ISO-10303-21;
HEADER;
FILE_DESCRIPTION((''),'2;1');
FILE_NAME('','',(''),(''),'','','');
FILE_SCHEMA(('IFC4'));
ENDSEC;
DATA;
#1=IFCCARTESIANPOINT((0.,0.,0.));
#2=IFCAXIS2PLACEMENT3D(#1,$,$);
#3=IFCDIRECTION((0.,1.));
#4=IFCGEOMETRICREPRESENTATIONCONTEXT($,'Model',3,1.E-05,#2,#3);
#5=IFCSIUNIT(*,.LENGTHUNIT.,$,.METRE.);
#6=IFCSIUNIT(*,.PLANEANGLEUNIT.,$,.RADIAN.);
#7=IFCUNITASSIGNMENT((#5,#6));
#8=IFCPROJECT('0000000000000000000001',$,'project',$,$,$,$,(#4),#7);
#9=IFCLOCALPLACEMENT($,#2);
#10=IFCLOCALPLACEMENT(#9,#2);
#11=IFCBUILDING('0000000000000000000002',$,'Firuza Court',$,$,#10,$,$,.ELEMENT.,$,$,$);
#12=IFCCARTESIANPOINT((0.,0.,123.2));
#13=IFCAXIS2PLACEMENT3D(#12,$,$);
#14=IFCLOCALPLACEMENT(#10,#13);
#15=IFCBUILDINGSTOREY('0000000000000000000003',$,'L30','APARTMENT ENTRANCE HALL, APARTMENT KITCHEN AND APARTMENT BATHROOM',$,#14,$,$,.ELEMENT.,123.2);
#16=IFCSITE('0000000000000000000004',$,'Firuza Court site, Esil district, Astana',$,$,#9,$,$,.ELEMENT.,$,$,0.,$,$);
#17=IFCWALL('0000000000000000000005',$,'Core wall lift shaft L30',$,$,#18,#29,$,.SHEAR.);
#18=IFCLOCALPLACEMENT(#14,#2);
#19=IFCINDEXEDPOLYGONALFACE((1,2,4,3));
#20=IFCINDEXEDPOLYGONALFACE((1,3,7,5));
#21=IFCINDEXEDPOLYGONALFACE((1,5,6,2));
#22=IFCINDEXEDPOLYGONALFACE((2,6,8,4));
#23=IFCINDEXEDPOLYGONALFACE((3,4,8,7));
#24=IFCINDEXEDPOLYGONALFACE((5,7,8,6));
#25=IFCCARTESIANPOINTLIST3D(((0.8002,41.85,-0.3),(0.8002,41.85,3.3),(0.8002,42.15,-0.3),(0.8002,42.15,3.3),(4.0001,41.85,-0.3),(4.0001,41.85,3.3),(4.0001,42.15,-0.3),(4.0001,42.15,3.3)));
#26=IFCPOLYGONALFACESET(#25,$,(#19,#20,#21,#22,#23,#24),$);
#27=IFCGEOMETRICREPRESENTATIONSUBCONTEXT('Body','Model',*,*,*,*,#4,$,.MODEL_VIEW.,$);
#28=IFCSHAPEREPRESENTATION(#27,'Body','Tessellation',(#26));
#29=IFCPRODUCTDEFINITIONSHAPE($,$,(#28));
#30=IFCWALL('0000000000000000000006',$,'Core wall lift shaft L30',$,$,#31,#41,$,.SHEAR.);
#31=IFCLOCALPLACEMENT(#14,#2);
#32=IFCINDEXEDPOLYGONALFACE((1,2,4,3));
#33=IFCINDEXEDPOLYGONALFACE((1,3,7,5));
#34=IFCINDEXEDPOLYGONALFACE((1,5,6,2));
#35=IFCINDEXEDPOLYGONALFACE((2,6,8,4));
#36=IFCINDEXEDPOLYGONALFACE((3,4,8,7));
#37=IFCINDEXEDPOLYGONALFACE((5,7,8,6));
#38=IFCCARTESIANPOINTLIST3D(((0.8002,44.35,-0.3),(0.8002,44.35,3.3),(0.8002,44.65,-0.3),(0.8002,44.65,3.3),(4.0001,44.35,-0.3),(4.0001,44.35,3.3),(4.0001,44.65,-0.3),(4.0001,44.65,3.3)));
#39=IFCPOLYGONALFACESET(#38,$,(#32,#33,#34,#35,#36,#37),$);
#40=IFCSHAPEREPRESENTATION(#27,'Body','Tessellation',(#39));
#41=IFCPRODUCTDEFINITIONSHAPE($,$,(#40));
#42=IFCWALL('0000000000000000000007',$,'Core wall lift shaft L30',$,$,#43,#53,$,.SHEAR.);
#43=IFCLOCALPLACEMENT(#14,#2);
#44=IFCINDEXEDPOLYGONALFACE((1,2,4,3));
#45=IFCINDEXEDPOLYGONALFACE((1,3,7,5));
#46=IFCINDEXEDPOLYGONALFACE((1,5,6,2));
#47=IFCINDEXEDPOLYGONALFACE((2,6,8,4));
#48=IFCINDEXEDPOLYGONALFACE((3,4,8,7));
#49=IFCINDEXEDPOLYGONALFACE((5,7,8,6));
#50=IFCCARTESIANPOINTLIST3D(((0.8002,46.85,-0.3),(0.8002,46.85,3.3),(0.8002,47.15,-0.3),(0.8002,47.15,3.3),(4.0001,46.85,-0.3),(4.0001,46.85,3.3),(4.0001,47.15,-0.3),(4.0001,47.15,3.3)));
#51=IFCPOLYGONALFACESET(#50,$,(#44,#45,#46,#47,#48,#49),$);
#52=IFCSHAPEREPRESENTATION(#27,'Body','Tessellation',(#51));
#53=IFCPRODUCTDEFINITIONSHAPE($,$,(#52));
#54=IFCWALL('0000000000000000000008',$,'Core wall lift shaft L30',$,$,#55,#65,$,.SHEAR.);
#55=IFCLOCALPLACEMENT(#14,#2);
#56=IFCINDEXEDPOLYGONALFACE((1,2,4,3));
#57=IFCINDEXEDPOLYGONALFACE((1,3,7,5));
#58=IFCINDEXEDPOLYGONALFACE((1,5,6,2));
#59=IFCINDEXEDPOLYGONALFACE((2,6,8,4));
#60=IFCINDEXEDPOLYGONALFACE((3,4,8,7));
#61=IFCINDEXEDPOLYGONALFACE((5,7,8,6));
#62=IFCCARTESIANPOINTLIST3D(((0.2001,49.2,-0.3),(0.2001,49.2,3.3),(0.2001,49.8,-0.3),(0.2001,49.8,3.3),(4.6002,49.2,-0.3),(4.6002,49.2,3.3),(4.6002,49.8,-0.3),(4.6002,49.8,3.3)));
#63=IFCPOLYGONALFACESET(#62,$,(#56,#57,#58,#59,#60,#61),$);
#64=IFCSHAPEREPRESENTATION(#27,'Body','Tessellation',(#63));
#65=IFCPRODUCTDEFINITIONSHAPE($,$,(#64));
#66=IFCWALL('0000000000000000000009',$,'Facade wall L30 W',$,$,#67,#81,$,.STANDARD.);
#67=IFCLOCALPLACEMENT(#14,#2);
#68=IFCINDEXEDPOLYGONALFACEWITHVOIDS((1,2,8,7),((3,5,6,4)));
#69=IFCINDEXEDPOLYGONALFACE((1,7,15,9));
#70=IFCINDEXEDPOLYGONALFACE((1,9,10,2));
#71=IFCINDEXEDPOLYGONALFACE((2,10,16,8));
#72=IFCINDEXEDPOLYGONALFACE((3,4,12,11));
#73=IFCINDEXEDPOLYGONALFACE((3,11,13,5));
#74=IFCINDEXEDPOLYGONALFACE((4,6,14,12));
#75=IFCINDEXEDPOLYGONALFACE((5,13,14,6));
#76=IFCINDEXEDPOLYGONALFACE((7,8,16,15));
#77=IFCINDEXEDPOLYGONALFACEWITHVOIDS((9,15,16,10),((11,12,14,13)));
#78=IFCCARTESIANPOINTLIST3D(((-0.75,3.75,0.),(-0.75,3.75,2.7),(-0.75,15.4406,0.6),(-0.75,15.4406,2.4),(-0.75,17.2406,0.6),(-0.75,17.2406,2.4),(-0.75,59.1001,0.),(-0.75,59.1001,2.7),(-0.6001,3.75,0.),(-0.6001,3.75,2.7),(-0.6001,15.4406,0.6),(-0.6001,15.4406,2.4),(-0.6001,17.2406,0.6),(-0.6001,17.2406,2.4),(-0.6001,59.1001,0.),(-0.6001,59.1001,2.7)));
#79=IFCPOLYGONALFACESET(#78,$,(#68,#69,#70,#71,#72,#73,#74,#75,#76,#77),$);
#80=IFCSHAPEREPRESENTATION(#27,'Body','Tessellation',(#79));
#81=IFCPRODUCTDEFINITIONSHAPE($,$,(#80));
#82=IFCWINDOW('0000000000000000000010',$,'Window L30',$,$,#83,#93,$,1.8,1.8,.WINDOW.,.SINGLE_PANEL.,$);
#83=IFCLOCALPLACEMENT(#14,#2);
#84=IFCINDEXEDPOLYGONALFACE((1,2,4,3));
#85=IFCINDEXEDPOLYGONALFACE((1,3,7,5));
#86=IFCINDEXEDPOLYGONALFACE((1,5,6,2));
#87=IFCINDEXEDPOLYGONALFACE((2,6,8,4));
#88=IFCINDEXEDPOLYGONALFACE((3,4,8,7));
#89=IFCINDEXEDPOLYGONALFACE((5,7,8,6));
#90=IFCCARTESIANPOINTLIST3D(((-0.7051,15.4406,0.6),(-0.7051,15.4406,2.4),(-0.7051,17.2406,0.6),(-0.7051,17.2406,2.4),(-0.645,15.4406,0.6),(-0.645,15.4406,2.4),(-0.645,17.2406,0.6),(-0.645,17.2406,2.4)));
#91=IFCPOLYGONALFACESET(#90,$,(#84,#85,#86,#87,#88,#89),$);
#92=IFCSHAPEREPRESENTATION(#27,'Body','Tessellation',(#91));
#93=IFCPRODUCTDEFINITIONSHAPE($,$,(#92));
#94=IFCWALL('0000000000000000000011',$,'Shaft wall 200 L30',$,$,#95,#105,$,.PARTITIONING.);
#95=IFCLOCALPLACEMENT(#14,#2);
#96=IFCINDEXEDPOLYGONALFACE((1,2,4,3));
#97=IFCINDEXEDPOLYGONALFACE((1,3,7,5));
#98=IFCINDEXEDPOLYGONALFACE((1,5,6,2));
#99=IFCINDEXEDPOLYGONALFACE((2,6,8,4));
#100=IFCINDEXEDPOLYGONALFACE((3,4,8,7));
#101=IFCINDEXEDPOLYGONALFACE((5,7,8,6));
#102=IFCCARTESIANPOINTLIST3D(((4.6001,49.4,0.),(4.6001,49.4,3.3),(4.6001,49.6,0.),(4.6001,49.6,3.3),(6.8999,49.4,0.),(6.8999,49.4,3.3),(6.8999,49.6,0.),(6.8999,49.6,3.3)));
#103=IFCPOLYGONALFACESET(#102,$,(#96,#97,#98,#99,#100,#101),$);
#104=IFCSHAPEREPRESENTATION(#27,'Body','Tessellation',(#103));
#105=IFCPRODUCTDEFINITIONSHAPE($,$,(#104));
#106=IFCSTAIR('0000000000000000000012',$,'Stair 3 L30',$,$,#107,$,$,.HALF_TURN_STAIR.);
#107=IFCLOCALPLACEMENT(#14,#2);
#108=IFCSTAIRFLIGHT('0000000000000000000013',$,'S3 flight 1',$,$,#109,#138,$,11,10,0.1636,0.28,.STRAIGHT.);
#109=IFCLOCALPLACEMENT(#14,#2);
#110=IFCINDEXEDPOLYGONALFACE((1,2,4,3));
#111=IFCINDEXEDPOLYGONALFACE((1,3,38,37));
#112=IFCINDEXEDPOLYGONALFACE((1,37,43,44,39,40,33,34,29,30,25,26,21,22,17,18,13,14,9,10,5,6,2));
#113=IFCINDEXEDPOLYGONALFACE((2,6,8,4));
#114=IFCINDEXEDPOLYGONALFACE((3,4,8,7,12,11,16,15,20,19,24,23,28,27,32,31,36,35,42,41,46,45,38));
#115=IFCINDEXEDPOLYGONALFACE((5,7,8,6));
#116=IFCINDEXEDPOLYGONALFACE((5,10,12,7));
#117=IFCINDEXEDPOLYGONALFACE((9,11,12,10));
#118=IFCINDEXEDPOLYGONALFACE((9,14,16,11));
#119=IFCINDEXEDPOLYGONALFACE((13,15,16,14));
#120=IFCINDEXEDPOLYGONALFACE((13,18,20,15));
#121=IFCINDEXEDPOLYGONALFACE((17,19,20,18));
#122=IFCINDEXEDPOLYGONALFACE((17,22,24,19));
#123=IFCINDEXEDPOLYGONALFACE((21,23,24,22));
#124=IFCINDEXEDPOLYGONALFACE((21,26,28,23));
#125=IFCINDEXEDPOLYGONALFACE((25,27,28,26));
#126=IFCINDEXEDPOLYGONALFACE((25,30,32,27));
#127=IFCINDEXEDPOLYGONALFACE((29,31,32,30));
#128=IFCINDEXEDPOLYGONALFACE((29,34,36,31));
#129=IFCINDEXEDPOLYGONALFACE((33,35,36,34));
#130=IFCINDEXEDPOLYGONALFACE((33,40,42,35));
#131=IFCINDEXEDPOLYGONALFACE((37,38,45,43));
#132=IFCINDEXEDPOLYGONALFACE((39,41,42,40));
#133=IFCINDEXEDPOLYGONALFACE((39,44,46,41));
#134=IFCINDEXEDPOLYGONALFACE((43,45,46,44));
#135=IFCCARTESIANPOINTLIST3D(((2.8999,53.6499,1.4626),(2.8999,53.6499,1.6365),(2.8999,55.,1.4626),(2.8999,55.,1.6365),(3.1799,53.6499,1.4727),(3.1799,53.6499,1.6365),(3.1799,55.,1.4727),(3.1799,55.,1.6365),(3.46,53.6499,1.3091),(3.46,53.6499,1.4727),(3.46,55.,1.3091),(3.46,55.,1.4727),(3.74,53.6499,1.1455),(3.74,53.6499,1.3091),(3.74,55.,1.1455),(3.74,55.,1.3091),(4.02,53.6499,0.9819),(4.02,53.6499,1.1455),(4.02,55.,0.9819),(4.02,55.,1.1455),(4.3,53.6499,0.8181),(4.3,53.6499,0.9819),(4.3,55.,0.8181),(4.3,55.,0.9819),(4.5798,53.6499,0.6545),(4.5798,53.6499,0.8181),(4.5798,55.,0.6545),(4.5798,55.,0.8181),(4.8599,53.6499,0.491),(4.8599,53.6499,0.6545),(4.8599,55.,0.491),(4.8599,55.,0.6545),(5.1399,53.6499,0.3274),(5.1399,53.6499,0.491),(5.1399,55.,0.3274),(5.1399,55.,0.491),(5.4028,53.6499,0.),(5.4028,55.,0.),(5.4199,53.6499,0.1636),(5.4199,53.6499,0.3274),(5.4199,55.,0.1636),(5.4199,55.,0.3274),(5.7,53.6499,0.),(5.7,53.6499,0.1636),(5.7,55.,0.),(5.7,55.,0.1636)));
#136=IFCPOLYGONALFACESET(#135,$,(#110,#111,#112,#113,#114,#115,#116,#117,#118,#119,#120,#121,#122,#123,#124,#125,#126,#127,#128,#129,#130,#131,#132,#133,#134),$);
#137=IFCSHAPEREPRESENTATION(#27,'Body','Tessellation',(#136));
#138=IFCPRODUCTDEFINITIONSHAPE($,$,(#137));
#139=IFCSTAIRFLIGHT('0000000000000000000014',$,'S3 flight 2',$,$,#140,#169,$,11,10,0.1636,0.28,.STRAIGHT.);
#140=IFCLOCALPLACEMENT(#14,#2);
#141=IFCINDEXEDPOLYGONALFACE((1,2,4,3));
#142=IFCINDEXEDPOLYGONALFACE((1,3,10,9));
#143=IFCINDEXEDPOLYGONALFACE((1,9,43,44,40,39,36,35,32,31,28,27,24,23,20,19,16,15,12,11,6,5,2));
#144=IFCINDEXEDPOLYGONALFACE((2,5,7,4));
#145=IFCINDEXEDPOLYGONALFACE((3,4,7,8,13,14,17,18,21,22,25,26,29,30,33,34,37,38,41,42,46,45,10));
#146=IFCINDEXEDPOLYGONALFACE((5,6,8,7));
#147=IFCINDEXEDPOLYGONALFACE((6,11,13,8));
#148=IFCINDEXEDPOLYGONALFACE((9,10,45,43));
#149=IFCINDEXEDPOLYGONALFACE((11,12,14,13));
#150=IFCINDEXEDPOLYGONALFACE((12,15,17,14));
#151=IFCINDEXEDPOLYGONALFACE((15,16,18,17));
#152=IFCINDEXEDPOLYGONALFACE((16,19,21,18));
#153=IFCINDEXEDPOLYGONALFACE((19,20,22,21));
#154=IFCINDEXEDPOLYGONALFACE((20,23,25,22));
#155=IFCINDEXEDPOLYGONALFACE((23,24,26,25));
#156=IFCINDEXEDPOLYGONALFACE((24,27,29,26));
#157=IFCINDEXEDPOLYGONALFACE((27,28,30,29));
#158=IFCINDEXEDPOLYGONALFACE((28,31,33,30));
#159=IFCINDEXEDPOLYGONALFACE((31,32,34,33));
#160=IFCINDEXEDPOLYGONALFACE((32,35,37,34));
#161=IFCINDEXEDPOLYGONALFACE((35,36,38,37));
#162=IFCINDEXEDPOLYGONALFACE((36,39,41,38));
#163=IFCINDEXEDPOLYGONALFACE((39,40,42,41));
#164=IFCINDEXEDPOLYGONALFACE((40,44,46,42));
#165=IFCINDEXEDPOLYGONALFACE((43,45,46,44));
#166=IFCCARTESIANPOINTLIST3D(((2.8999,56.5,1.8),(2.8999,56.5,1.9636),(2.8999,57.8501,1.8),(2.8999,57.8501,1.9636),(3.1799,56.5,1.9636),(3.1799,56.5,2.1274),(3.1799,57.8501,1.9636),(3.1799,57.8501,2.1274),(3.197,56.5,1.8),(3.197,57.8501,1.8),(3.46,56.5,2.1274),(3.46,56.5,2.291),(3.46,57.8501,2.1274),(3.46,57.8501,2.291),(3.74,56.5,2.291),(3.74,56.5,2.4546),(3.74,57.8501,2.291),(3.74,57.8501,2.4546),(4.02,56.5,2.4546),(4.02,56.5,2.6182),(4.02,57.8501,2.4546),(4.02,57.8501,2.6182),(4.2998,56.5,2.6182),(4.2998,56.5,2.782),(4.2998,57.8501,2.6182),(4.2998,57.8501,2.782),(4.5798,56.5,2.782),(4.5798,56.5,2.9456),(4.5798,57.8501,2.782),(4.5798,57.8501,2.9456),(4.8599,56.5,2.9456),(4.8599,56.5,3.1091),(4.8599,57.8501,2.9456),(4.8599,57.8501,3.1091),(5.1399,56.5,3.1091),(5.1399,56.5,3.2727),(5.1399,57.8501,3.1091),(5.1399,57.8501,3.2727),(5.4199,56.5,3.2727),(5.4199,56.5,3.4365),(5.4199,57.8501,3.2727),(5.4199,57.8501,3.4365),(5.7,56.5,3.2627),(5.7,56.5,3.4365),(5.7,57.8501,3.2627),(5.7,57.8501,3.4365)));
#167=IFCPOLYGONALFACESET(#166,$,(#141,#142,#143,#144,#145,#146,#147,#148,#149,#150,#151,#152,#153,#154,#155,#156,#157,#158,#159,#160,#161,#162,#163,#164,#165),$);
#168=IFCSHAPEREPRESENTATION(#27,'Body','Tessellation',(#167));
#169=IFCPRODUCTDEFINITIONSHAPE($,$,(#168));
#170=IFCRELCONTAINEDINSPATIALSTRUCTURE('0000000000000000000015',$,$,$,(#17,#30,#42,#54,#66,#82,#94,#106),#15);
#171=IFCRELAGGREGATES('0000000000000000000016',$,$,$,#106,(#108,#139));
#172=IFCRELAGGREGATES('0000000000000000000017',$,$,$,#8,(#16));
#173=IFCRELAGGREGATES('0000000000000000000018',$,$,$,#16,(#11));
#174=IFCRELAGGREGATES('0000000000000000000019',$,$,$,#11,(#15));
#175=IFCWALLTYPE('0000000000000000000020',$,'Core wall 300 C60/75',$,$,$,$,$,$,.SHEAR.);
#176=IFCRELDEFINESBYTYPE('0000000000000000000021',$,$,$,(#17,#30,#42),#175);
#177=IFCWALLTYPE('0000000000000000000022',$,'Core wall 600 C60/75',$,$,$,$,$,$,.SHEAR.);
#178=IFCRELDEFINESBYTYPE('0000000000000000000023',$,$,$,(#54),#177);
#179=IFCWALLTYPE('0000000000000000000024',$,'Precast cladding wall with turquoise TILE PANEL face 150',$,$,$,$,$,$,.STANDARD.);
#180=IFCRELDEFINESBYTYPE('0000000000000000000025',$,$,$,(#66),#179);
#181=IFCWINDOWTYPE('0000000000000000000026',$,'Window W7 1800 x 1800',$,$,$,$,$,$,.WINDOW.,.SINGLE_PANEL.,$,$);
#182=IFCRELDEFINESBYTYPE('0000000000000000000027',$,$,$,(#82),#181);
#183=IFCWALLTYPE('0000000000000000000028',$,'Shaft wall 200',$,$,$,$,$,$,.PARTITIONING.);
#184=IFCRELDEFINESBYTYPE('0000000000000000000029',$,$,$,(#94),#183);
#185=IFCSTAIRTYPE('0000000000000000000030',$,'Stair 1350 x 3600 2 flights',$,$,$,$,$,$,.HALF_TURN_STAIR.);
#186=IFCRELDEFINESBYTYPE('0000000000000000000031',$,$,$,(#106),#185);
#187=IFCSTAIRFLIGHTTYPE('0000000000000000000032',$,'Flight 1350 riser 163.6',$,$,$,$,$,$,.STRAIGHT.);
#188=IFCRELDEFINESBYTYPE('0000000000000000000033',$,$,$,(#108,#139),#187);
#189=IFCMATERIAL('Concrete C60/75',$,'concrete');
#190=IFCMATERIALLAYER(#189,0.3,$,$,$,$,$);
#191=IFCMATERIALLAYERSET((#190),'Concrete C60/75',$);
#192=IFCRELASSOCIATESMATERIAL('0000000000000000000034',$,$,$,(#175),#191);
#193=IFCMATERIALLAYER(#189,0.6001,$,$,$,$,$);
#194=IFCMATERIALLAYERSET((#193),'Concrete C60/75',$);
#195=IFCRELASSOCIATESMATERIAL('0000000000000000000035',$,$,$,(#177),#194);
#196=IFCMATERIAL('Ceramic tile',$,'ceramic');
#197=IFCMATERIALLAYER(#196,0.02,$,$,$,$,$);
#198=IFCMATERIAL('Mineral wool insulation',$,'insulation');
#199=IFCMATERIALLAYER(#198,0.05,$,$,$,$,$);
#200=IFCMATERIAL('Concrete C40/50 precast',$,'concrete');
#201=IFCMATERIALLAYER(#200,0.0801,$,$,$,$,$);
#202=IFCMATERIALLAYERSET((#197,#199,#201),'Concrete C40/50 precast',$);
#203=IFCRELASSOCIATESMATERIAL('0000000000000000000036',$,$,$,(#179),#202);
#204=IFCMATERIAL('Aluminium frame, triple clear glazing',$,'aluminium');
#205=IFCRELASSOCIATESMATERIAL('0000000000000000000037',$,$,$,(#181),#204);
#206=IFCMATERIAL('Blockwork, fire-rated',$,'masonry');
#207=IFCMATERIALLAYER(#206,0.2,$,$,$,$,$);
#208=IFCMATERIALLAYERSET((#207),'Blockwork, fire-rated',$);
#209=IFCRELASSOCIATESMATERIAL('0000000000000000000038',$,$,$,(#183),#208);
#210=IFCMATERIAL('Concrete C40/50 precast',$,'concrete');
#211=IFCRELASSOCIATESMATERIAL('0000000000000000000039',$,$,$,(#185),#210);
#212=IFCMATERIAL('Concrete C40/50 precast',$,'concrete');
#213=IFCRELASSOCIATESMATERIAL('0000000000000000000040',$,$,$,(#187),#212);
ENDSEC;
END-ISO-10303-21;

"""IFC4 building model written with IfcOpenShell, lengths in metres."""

from ifc_helpers import new_model, si_unit, direction, frame, frame_2d, origin, place, context, subcontext, project, spatial, polyline, rectangle, outline, extrude, material, layer, layer_set, type_object, element, fill, aggregate, save


model = new_model("IFC4")

# Units and contexts
model_context = context("Model", 3, precision=1e-05, world=origin(), true_north=direction((0.0, 1.0)))
body_context = subcontext(model_context, "Body", "Model", "MODEL_VIEW")
ifc_project = project(units=[si_unit("LENGTHUNIT", "METRE"), si_unit("PLANEANGLEUNIT", "RADIAN")], contexts=[model_context])

# Site, building, storey
site_placement = place(None, origin())
site = spatial("IfcSite", under=ifc_project, at=site_placement, Name="Firuza Court site, Esil district, Astana", CompositionType="ELEMENT", RefElevation=0.0)
building_placement = place(site_placement, origin())
building = spatial("IfcBuilding", under=site, at=building_placement, Name="Firuza Court", CompositionType="ELEMENT")
storey_placement = place(building_placement, frame((0.0, 0.0, 123.2)))
storey = spatial("IfcBuildingStorey", under=building, at=storey_placement, Name="L30", Description="APARTMENT ENTRANCE HALL, APARTMENT KITCHEN AND APARTMENT BATHROOM", CompositionType="ELEMENT", Elevation=123.2)

# Shared definitions
ifc_material_1 = material(Name="Concrete C60/75", Category="concrete")
ifc_layer_1 = layer(ifc_material_1, 0.3)
ifc_layer_set_1 = layer_set([ifc_layer_1], Name="Concrete C60/75")
wall_type_1 = type_object("IfcWallType", Name="Core wall 300 C60/75", PredefinedType="SHEAR", material=ifc_layer_set_1)

# Walls
for number, where, z_axis, x_axis, name in (
    (1, (0.8, 42.0, -0.3), (0.0, 0.0, 1.0), (1.0, 0.0, 0.0), "Core wall lift shaft L30"),
    (2, (0.8, 44.5, -0.3), (0.0, 0.0, 1.0), (1.0, 0.0, 0.0), "Core wall lift shaft L30"),
    (3, (0.8, 47.0, -0.3), (0.0, 0.0, 1.0), (1.0, 0.0, 0.0), "Core wall lift shaft L30"),
):
    element("IfcWall", number, at=place(storey_placement, frame(where, z_axis=z_axis, x_axis=x_axis)), inside=storey, type_object=wall_type_1, Name=name, PredefinedType="SHEAR", context=body_context, shape_type="SweptSolid", body=[
        extrude(rectangle(XDim=3.2, YDim=0.3, at=frame_2d((1.6001, 0.0))), origin(), (0.0, 0.0, 1.0), 3.6001),
    ])
ifc_layer_2 = layer(ifc_material_1, 0.6001)
ifc_layer_set_2 = layer_set([ifc_layer_2], Name="Concrete C60/75")
wall_type_2 = type_object("IfcWallType", Name="Core wall 600 C60/75", PredefinedType="SHEAR", material=ifc_layer_set_2)
wall_1_placement = place(storey_placement, frame((0.2, 49.5, -0.3), z_axis=(0.0, 0.0, 1.0), x_axis=(1.0, 0.0, 0.0)))
element("IfcWall", 4, at=wall_1_placement, inside=storey, type_object=wall_type_2, Name="Core wall lift shaft L30", PredefinedType="SHEAR", context=body_context, shape_type="SweptSolid", body=[
    extrude(rectangle(XDim=4.4001, YDim=0.6001, at=frame_2d((2.2002, 0.0))), origin(), (0.0, 0.0, 1.0), 3.6001),
])

# Wall, opening, window
ifc_material_2 = material(Name="Ceramic tile", Category="ceramic")
ifc_layer_3 = layer(ifc_material_2, 0.02)
ifc_material_3 = material(Name="Mineral wool insulation", Category="insulation")
ifc_layer_4 = layer(ifc_material_3, 0.05)
ifc_material_4 = material(Name="Concrete C40/50 precast", Category="concrete")
ifc_layer_5 = layer(ifc_material_4, 0.0801)
ifc_layer_set_3 = layer_set([ifc_layer_3, ifc_layer_4, ifc_layer_5], Name="Concrete C40/50 precast")
wall_type_3 = type_object("IfcWallType", Name="Precast cladding wall with turquoise TILE PANEL face 150", PredefinedType="STANDARD", material=ifc_layer_set_3)
wall_2_placement = place(storey_placement, frame((-0.675, 59.1001, 0.0), z_axis=(0.0, 0.0, 1.0), x_axis=(0.0, -1.0, 0.0)))
wall_2 = element("IfcWall", 5, at=wall_2_placement, inside=storey, type_object=wall_type_3, Name="Facade wall L30 W", PredefinedType="STANDARD", context=body_context, shape_type="SweptSolid", body=[
    extrude(rectangle(XDim=55.3501, YDim=0.1499, at=frame_2d((27.675, 0.0))), origin(), (0.0, 0.0, 1.0), 2.7),
])
opening_1_placement = place(wall_2_placement, frame((41.8596, 0.0, 0.6001)))
opening_1 = element("IfcOpeningElement", 6, at=opening_1_placement, cuts=wall_2, PredefinedType="OPENING", context=body_context, shape_type="SweptSolid", body=[
    extrude(rectangle(XDim=1.8, YDim=1.8, at=frame_2d((0.8999, 0.8999))), frame((0.0, 0.0869, 0.0), z_axis=(0.0, -1.0, 0.0), x_axis=(1.0, 0.0, 0.0)), (0.0, 0.0, 1.0), 0.1738),
])
ifc_material_5 = material(Name="Aluminium frame, triple clear glazing", Category="aluminium")
window_type = type_object("IfcWindowType", Name="Window W7 1800 x 1800", PartitioningType="SINGLE_PANEL", PredefinedType="WINDOW", material=ifc_material_5)
window_placement = place(opening_1_placement, origin())
window = element("IfcWindow", 7, at=window_placement, inside=storey, type_object=window_type, Name="Window L30", OverallHeight=1.8, OverallWidth=1.8, PartitioningType="SINGLE_PANEL", PredefinedType="WINDOW", context=body_context, shape_type="SweptSolid", body=[
    extrude(rectangle(XDim=1.8, YDim=1.8, at=frame_2d((0.8999, 0.8999))), frame((0.0, 0.03, 0.0), z_axis=(0.0, -1.0, 0.0), x_axis=(1.0, 0.0, 0.0)), (0.0, 0.0, 1.0), 0.0601),
])
fill(opening_1, window)

# Wall
ifc_material_6 = material(Name="Blockwork, fire-rated", Category="masonry")
ifc_layer_6 = layer(ifc_material_6, 0.2)
ifc_layer_set_4 = layer_set([ifc_layer_6], Name="Blockwork, fire-rated")
wall_type_4 = type_object("IfcWallType", Name="Shaft wall 200", PredefinedType="PARTITIONING", material=ifc_layer_set_4)
wall_3_placement = place(storey_placement, frame((4.6001, 49.5, 0.0), z_axis=(0.0, 0.0, 1.0), x_axis=(1.0, 0.0, 0.0)))
element("IfcWall", 8, at=wall_3_placement, inside=storey, type_object=wall_type_4, Name="Shaft wall 200 L30", PredefinedType="PARTITIONING", context=body_context, shape_type="SweptSolid", body=[
    extrude(rectangle(XDim=2.2998, YDim=0.2, at=frame_2d((1.1499, 0.0))), origin(), (0.0, 0.0, 1.0), 3.3),
])

# Stair, stair flights
ifc_material_7 = material(Name="Concrete C40/50 precast", Category="concrete")
stair_type = type_object("IfcStairType", Name="Stair 1350 x 3600 2 flights", PredefinedType="HALF_TURN_STAIR", material=ifc_material_7)
stair_placement = place(storey_placement, origin())
stair = element("IfcStair", 9, at=stair_placement, inside=storey, type_object=stair_type, Name="Stair 3 L30", PredefinedType="HALF_TURN_STAIR")
ifc_material_8 = material(Name="Concrete C40/50 precast", Category="concrete")
stair_flight_type = type_object("IfcStairFlightType", Name="Flight 1350 riser 163.6", PredefinedType="STRAIGHT", material=ifc_material_8)
stair_flight_1_placement = place(storey_placement, frame((5.7, 54.325, 0.0), z_axis=(0.0, 0.0, 1.0), x_axis=(-1.0, 0.0, 0.0)))
stair_flight_1 = element("IfcStairFlight", 10, at=stair_flight_1_placement, type_object=stair_flight_type, Name="S3 flight 1", NumberOfRisers=11, NumberOfTreads=10, PredefinedType="STRAIGHT", RiserHeight=0.1636, TreadLength=0.28, context=body_context, shape_type="SweptSolid", body=[
    extrude(outline(polyline([(0.0, 0.0), (0.0, 0.1636), (0.28, 0.1636), (0.28, 0.3274), (0.5601, 0.3274), (0.5601, 0.491), (0.8401, 0.491), (0.8401, 0.6545), (1.1201, 0.6545), (1.1201, 0.8181), (1.3999, 0.8181), (1.3999, 0.9819), (1.6799, 0.9819), (1.6799, 1.1455), (1.96, 1.1455), (1.96, 1.3091), (2.24, 1.3091), (2.24, 1.4727), (2.52, 1.4727), (2.52, 1.6365), (2.8, 1.6365), (2.8, 1.8), (2.8, 1.4626), (0.2971, 0.0), (0.0, 0.0)])), frame((0.0, 0.675, 0.0), z_axis=(0.0, -1.0, 0.0), x_axis=(1.0, 0.0, 0.0)), (0.0, 0.0, 1.0), 1.3501),
])
stair_flight_2_placement = place(storey_placement, frame((2.8999, 57.175, 1.8), z_axis=(0.0, 0.0, 1.0), x_axis=(1.0, 0.0, 0.0)))
stair_flight_2 = element("IfcStairFlight", 11, at=stair_flight_2_placement, type_object=stair_flight_type, Name="S3 flight 2", NumberOfRisers=11, NumberOfTreads=10, PredefinedType="STRAIGHT", RiserHeight=0.1636, TreadLength=0.28, context=body_context, shape_type="SweptSolid", body=[
    extrude(outline(polyline([(0.0, 0.0), (0.0, 0.1636), (0.28, 0.1636), (0.28, 0.3274), (0.5601, 0.3274), (0.5601, 0.491), (0.8401, 0.491), (0.8401, 0.6545), (1.1201, 0.6545), (1.1201, 0.8181), (1.3999, 0.8181), (1.3999, 0.9819), (1.6799, 0.9819), (1.6799, 1.1455), (1.96, 1.1455), (1.96, 1.3091), (2.24, 1.3091), (2.24, 1.4727), (2.52, 1.4727), (2.52, 1.6365), (2.8, 1.6365), (2.8, 1.8), (2.8, 1.4626), (0.2971, 0.0), (0.0, 0.0)])), frame((0.0, 0.675, 0.0), z_axis=(0.0, -1.0, 0.0), x_axis=(1.0, 0.0, 0.0)), (0.0, 0.0, 1.0), 1.3501),
])
aggregate(stair, [stair_flight_1, stair_flight_2])

save(model, "model.ifc")
